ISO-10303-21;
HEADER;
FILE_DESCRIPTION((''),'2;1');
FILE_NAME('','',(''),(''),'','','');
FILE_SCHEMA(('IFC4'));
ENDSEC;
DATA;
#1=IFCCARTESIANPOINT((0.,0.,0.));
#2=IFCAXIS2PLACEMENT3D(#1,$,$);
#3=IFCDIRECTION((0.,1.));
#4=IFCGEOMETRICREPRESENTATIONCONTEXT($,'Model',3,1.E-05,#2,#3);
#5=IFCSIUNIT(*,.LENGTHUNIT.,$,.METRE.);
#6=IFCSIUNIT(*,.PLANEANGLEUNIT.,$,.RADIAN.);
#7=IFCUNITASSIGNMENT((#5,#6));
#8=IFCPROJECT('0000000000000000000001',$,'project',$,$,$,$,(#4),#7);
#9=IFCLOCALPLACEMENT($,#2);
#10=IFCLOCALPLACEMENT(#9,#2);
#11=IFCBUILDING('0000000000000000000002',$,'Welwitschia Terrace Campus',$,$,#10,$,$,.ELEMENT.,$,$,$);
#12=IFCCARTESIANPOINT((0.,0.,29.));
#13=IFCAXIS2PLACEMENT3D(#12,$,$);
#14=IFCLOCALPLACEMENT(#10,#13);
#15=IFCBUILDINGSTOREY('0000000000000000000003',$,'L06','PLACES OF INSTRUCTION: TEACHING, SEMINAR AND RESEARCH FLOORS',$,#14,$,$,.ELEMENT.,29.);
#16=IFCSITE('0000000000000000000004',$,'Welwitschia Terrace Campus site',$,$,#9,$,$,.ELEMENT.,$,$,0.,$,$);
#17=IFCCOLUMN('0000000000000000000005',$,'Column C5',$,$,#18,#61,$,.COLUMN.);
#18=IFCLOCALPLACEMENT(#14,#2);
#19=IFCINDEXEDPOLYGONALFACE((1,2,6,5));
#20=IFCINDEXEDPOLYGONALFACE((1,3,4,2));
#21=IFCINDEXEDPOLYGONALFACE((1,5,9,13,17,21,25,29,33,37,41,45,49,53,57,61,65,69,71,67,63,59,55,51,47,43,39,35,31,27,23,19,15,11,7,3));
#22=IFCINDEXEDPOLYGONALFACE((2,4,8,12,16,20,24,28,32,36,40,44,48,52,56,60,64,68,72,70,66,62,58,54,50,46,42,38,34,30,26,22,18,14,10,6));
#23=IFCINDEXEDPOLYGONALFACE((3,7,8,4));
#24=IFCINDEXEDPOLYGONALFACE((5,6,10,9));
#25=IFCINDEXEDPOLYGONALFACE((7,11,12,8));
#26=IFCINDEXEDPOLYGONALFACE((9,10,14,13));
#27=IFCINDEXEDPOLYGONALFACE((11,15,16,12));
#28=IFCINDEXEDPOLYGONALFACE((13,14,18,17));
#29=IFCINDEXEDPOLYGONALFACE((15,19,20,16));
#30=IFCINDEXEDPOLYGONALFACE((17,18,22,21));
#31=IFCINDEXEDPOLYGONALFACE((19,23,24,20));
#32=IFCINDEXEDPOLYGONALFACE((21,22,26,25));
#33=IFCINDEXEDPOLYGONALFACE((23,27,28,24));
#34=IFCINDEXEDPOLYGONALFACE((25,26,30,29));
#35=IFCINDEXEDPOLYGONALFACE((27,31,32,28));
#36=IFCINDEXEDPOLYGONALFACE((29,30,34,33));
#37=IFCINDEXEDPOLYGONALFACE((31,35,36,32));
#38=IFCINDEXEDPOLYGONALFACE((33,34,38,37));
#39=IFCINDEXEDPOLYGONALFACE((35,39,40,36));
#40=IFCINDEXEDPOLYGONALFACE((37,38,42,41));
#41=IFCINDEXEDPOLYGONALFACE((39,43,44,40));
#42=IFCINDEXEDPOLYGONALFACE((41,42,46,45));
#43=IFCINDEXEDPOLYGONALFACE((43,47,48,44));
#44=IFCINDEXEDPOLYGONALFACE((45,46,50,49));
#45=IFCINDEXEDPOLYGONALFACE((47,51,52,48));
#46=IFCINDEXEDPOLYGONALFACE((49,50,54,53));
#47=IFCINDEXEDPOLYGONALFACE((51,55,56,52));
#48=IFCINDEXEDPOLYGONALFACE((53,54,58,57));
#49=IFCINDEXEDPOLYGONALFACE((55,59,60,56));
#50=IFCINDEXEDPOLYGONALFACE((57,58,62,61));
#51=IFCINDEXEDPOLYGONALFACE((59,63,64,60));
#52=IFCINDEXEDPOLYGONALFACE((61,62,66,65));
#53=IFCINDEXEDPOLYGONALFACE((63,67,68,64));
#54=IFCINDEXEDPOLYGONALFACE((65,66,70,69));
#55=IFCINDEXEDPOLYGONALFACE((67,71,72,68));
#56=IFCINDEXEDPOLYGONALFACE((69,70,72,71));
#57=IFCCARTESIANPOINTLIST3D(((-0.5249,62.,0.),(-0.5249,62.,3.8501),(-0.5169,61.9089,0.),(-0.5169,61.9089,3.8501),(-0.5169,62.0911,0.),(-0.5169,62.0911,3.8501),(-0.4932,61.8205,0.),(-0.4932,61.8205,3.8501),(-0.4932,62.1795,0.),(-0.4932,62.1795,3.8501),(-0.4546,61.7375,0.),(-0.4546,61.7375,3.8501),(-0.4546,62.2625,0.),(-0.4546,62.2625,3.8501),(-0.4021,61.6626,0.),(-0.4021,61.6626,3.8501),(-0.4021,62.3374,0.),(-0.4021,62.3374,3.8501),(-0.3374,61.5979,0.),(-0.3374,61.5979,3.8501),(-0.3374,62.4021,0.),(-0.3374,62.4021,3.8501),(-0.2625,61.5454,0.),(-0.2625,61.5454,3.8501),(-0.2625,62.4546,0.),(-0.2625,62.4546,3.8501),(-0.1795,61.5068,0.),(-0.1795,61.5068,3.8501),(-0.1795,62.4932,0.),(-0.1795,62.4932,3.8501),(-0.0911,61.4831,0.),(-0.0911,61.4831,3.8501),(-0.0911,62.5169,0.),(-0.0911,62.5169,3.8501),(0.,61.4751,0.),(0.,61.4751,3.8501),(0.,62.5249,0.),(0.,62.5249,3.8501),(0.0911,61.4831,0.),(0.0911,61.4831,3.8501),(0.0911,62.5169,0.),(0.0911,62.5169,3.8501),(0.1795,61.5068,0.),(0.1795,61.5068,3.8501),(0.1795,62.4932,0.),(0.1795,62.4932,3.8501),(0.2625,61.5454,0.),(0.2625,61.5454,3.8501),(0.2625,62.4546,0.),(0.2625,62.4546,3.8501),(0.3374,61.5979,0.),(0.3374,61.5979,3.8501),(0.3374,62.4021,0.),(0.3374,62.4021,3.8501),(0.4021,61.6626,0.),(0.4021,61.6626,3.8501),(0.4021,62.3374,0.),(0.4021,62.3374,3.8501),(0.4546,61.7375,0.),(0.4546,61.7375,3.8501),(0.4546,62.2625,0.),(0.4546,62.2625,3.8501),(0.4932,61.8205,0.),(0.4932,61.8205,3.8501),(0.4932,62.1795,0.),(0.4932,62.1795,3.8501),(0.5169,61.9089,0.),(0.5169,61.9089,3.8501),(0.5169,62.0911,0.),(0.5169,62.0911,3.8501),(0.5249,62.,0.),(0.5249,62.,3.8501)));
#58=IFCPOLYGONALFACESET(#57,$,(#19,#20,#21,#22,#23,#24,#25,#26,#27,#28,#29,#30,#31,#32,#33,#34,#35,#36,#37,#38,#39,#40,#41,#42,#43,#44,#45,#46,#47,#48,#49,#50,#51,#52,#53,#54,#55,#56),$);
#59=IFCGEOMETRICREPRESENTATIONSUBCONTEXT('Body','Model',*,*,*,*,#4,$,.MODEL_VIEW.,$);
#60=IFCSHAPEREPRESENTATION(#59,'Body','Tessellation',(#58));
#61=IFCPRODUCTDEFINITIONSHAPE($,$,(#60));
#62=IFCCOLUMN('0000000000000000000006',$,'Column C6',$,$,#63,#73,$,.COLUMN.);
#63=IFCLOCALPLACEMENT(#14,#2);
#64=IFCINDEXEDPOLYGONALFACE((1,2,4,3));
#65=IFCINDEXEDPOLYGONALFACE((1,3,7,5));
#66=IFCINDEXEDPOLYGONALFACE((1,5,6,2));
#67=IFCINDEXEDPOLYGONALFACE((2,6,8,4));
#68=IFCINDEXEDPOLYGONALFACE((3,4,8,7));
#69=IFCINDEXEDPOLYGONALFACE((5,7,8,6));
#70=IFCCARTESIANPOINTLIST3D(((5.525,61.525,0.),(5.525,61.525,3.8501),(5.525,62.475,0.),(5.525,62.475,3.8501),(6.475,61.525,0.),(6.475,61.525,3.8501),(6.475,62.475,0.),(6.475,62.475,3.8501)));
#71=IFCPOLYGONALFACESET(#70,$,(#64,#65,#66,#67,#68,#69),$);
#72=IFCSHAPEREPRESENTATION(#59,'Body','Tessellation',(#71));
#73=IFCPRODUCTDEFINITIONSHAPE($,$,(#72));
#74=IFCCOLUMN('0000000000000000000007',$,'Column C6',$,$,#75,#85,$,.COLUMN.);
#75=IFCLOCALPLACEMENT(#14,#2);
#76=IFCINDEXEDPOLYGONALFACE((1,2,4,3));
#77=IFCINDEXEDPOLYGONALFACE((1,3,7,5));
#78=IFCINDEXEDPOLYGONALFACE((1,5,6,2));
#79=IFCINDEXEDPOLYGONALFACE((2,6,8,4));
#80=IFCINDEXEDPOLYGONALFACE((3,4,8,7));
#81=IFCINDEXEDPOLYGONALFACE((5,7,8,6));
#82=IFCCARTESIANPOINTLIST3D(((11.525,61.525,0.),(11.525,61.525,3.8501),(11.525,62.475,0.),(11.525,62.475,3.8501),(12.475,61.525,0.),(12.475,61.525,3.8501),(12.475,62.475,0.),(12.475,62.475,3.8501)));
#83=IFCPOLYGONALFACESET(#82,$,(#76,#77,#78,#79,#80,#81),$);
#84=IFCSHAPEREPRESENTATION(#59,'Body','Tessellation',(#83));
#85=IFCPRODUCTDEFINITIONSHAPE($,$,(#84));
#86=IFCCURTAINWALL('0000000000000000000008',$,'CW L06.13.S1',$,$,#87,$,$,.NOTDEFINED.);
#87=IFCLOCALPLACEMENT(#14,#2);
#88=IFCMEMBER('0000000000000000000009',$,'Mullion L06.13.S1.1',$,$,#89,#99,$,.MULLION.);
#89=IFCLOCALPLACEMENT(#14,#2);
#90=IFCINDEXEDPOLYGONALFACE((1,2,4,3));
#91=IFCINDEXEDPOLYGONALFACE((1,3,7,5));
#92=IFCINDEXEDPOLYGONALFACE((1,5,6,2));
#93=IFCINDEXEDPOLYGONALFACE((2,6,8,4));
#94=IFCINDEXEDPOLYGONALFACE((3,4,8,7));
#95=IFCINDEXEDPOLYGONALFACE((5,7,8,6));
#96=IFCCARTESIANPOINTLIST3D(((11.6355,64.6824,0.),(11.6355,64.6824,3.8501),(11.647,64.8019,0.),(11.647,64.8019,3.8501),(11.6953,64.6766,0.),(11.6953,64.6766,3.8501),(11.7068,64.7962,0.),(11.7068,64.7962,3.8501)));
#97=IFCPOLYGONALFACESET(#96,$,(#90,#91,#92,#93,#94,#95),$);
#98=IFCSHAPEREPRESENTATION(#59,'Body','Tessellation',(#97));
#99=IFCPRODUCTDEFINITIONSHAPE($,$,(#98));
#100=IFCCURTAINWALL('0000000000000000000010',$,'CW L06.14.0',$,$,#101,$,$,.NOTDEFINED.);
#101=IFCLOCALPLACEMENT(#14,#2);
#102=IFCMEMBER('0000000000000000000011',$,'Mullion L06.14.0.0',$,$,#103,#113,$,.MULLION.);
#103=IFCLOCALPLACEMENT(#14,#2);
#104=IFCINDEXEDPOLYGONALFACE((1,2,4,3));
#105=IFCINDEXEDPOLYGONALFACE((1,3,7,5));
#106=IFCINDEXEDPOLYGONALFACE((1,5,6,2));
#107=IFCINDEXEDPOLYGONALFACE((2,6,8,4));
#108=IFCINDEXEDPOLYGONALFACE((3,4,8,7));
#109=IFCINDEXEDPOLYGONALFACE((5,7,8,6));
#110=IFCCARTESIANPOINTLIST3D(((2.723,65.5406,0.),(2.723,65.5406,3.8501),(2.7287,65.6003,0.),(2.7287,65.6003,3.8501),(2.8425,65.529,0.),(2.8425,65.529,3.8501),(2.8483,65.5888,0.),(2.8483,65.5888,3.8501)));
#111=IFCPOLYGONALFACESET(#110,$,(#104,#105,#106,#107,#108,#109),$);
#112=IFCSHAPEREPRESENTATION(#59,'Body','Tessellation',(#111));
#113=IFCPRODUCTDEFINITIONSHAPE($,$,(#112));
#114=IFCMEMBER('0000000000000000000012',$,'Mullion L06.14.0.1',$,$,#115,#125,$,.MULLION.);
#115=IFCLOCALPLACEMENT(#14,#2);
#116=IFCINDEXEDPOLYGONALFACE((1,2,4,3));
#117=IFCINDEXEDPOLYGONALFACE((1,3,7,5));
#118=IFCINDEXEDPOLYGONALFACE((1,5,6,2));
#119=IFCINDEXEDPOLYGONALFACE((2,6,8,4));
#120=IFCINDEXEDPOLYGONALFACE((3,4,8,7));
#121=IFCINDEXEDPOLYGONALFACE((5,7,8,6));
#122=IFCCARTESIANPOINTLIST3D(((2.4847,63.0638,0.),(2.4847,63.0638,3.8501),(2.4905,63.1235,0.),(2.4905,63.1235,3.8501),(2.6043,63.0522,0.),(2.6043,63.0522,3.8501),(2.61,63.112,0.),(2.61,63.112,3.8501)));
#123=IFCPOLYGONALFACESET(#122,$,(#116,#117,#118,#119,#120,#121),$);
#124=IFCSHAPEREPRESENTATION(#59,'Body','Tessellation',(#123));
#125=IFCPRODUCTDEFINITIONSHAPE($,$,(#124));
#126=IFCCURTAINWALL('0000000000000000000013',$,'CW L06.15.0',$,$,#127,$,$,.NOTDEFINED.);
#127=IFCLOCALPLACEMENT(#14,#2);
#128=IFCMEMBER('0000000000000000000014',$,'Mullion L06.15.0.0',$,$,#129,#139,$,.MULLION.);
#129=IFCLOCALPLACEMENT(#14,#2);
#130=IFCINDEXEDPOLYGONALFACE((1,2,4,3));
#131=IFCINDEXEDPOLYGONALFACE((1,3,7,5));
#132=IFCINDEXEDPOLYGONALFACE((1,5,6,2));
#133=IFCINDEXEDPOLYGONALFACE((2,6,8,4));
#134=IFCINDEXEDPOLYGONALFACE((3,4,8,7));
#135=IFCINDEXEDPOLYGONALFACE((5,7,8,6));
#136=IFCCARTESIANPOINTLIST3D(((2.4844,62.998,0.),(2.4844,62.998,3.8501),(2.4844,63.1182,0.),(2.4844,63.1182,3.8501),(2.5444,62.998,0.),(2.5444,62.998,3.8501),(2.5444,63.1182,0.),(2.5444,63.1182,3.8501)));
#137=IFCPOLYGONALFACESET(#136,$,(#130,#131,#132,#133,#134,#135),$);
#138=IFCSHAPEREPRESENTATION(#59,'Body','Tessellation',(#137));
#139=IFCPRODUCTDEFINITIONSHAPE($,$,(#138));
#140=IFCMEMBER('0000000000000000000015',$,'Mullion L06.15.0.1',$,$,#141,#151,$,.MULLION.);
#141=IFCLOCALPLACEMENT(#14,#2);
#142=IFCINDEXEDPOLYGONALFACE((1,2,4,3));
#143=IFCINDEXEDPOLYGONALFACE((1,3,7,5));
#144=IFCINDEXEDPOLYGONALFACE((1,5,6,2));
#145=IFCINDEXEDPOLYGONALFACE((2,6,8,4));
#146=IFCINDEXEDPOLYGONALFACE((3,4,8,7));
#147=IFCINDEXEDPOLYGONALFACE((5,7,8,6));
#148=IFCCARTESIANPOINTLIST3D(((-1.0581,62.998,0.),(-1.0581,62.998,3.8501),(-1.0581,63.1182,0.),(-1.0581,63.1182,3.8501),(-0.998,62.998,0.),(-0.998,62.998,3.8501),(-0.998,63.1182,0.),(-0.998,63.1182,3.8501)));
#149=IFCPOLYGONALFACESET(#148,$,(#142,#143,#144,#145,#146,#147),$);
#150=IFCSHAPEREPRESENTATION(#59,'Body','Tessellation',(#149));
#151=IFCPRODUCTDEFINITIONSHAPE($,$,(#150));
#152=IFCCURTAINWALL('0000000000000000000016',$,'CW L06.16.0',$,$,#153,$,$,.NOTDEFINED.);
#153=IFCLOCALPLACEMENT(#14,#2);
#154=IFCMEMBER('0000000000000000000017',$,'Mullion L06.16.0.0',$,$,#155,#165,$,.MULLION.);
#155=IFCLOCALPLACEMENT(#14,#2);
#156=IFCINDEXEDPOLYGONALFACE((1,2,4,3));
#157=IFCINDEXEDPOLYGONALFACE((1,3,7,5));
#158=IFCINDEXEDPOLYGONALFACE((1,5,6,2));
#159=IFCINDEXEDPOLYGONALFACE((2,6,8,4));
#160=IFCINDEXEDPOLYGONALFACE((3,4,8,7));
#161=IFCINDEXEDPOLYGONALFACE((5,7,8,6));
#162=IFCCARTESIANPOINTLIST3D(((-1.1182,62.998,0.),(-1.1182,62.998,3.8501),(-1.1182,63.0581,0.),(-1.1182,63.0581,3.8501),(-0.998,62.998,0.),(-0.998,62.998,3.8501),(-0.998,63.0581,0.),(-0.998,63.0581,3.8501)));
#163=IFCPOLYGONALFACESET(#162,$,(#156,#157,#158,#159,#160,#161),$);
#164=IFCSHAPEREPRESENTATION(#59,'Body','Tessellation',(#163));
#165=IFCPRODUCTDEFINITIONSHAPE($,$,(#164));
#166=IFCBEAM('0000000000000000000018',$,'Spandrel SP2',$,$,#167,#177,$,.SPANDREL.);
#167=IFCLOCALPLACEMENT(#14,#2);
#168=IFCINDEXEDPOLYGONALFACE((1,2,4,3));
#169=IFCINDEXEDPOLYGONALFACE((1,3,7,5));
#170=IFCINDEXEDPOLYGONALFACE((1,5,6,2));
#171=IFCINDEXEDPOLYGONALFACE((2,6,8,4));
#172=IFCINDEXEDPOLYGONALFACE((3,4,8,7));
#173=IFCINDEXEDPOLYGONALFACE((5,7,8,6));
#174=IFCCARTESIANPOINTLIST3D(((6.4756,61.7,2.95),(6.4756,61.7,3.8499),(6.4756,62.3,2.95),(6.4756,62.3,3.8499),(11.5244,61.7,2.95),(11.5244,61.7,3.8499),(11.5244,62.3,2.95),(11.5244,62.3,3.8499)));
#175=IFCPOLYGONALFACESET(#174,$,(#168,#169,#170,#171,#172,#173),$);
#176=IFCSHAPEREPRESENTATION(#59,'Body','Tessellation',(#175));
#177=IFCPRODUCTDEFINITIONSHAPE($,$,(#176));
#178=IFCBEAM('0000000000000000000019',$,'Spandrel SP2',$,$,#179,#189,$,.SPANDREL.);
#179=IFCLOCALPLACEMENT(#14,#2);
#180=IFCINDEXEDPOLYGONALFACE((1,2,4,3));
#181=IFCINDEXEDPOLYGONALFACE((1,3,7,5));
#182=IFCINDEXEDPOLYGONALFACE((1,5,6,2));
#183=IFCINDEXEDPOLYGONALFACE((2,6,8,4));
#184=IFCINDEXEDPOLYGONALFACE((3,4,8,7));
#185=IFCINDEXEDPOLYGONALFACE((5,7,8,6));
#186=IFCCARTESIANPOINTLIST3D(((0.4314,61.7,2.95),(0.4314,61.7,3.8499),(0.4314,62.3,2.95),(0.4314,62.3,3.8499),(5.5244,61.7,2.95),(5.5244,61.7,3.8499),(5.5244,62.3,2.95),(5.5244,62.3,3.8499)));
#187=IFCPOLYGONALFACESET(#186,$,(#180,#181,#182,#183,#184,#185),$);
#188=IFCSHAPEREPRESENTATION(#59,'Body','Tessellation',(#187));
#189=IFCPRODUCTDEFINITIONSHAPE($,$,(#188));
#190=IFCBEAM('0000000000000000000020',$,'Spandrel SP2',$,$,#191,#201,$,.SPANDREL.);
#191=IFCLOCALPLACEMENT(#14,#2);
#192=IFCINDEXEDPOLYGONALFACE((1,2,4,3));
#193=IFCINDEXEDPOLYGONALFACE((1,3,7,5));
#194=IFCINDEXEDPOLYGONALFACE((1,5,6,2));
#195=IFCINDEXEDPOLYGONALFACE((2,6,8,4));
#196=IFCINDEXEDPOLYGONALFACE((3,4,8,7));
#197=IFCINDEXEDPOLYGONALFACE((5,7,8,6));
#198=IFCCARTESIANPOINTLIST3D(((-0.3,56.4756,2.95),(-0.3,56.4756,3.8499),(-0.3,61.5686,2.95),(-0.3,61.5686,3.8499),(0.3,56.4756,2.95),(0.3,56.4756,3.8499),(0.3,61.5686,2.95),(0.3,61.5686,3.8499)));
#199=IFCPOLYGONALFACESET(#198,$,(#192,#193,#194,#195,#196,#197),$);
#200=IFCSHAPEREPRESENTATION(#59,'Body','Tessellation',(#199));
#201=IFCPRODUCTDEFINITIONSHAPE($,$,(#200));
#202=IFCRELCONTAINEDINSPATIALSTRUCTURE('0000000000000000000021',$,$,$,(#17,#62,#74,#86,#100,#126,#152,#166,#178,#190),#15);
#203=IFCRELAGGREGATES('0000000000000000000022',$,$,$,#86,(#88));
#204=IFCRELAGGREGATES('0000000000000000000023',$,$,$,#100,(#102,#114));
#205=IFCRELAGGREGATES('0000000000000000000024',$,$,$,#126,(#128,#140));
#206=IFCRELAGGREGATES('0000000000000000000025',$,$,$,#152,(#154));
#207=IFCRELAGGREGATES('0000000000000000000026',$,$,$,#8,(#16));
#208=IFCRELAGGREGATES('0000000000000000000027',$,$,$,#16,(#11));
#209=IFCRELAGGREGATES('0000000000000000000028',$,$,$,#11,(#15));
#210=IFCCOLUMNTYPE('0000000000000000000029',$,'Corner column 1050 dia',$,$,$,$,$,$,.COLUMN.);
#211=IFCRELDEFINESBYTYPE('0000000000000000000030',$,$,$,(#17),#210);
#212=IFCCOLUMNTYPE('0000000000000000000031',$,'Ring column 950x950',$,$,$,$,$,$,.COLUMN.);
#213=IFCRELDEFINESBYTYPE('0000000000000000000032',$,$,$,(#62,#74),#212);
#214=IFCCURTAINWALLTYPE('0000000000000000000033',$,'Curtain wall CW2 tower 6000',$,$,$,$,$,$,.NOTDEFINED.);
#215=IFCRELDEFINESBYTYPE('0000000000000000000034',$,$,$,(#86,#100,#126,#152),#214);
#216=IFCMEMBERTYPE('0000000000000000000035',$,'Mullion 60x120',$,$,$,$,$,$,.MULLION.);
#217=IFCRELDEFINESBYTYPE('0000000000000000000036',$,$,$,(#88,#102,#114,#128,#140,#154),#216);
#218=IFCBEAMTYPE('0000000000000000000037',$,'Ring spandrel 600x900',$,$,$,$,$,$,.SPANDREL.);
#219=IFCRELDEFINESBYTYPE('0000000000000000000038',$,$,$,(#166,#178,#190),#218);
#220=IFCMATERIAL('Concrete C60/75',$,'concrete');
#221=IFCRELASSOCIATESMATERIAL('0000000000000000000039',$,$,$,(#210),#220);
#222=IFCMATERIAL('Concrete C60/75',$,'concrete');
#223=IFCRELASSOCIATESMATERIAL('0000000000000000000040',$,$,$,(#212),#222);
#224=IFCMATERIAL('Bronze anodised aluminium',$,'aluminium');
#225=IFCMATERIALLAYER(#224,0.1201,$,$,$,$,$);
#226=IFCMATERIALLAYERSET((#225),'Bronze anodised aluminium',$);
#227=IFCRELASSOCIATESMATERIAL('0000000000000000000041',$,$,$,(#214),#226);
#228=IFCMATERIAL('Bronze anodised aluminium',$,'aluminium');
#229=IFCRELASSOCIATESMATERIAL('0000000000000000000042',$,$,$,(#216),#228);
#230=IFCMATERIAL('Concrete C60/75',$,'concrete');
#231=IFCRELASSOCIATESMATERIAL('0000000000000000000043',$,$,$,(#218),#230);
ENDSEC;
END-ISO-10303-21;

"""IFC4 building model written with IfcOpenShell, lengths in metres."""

from ifc_helpers import new_model, si_unit, direction, frame, origin, origin_2d, place, context, subcontext, project, spatial, rectangle, circle, extrude, material, layer, layer_set, material_profile, profile_set, type_object, element, aggregate, save


model = new_model("IFC4")

# Units and contexts
model_context = context("Model", 3, precision=1e-05, world=origin(), true_north=direction((0.0, 1.0)))
body_context = subcontext(model_context, "Body", "Model", "MODEL_VIEW")
ifc_project = project(units=[si_unit("LENGTHUNIT", "METRE"), si_unit("PLANEANGLEUNIT", "RADIAN")], contexts=[model_context])

# Site, building, storey
site_placement = place(None, origin())
site = spatial("IfcSite", under=ifc_project, at=site_placement, Name="Welwitschia Terrace Campus site", CompositionType="ELEMENT", RefElevation=0.0)
building_placement = place(site_placement, origin())
building = spatial("IfcBuilding", under=site, at=building_placement, Name="Welwitschia Terrace Campus", CompositionType="ELEMENT")
storey_placement = place(building_placement, frame((0.0, 0.0, 29.0)))
storey = spatial("IfcBuildingStorey", under=building, at=storey_placement, Name="L06", Description="PLACES OF INSTRUCTION: TEACHING, SEMINAR AND RESEARCH FLOORS", CompositionType="ELEMENT", Elevation=29.0)

# Columns
ifc_material_1 = material(Name="Concrete C60/75", Category="concrete")
ifc_material_profile_1 = material_profile(ifc_material_1, circle(Radius=0.5249, at=origin_2d()))
ifc_profile_set_1 = profile_set([ifc_material_profile_1], Name="Concrete C60/75")
column_type_1 = type_object("IfcColumnType", Name="Corner column 1050 dia", PredefinedType="COLUMN", material=ifc_profile_set_1)
column_placement = place(storey_placement, frame((0.0, 62.0, 0.0), z_axis=(0.0, 0.0, 1.0), x_axis=(1.0, 0.0, 0.0)))
element("IfcColumn", 1, at=column_placement, inside=storey, type_object=column_type_1, Name="Column C5", PredefinedType="COLUMN", context=body_context, shape_type="SweptSolid", body=[
    extrude(circle(Radius=0.5249, at=origin_2d()), origin(), (0.0, 0.0, 1.0), 3.8501),
])
ifc_material_2 = material(Name="Concrete C60/75", Category="concrete")
ifc_material_profile_2 = material_profile(ifc_material_2, rectangle(XDim=0.95, YDim=0.95, at=origin_2d()))
ifc_profile_set_2 = profile_set([ifc_material_profile_2], Name="Concrete C60/75")
column_type_2 = type_object("IfcColumnType", Name="Ring column 950x950", PredefinedType="COLUMN", material=ifc_profile_set_2)
for number, where, z_axis, x_axis, name in (
    (2, (6.0, 62.0, 0.0), (0.0, 0.0, 1.0), (1.0, 0.0, 0.0), "Column C6"),
    (3, (12.0, 62.0, 0.0), (0.0, 0.0, 1.0), (1.0, 0.0, 0.0), "Column C6"),
):
    element("IfcColumn", number, at=place(storey_placement, frame(where, z_axis=z_axis, x_axis=x_axis)), inside=storey, type_object=column_type_2, Name=name, PredefinedType="COLUMN", context=body_context, shape_type="SweptSolid", body=[
        extrude(rectangle(XDim=0.95, YDim=0.95, at=origin_2d()), origin(), (0.0, 0.0, 1.0), 3.8501),
    ])

# Curtain wall, member
ifc_material_3 = material(Name="Bronze anodised aluminium", Category="aluminium")
ifc_layer_1 = layer(ifc_material_3, 0.1201)
ifc_layer_set_1 = layer_set([ifc_layer_1], Name="Bronze anodised aluminium")
curtain_wall_type = type_object("IfcCurtainWallType", Name="Curtain wall CW2 tower 6000", PredefinedType="NOTDEFINED", material=ifc_layer_set_1)
curtain_wall_1_placement = place(storey_placement, origin())
curtain_wall_1 = element("IfcCurtainWall", 4, at=curtain_wall_1_placement, inside=storey, type_object=curtain_wall_type, Name="CW L06.13.S1", PredefinedType="NOTDEFINED")
ifc_material_4 = material(Name="Bronze anodised aluminium", Category="aluminium")
ifc_material_profile_3 = material_profile(ifc_material_4, rectangle(XDim=0.1201, YDim=0.0601, at=origin_2d()))
ifc_profile_set_3 = profile_set([ifc_material_profile_3], Name="Bronze anodised aluminium")
member_type_1 = type_object("IfcMemberType", Name="Mullion 60x120", PredefinedType="MULLION", material=ifc_profile_set_3)
member_1_placement = place(storey_placement, frame((11.6711, 64.7393, 0.0), z_axis=(0.0, 0.0, 1.0), x_axis=(-0.095846, -0.995396, 0.0)))
member_1 = element("IfcMember", 5, at=member_1_placement, type_object=member_type_1, Name="Mullion L06.13.S1.1", PredefinedType="MULLION", context=body_context, shape_type="SweptSolid", body=[
    extrude(rectangle(XDim=0.1201, YDim=0.0601, at=origin_2d()), origin(), (0.0, 0.0, 1.0), 3.8501),
])

# Curtain walls, members
curtain_wall_2_placement = place(storey_placement, origin())
curtain_wall_2 = element("IfcCurtainWall", 6, at=curtain_wall_2_placement, inside=storey, type_object=curtain_wall_type, Name="CW L06.14.0", PredefinedType="NOTDEFINED")
member_2_placement = place(storey_placement, frame((2.7856, 65.5647, 0.0), z_axis=(0.0, 0.0, 1.0), x_axis=(0.995396, -0.095846, 0.0)))
member_2 = element("IfcMember", 7, at=member_2_placement, type_object=member_type_1, Name="Mullion L06.14.0.0", PredefinedType="MULLION", context=body_context, shape_type="SweptSolid", body=[
    extrude(rectangle(XDim=0.1201, YDim=0.0601, at=origin_2d()), origin(), (0.0, 0.0, 1.0), 3.8501),
])
member_3_placement = place(storey_placement, frame((2.5474, 63.0879, 0.0), z_axis=(0.0, 0.0, 1.0), x_axis=(0.995396, -0.095846, 0.0)))
member_3 = element("IfcMember", 8, at=member_3_placement, type_object=member_type_1, Name="Mullion L06.14.0.1", PredefinedType="MULLION", context=body_context, shape_type="SweptSolid", body=[
    extrude(rectangle(XDim=0.1201, YDim=0.0601, at=origin_2d()), origin(), (0.0, 0.0, 1.0), 3.8501),
])
curtain_wall_3_placement = place(storey_placement, origin())
curtain_wall_3 = element("IfcCurtainWall", 9, at=curtain_wall_3_placement, inside=storey, type_object=curtain_wall_type, Name="CW L06.15.0", PredefinedType="NOTDEFINED")
member_4_placement = place(storey_placement, frame((2.5144, 63.0581, 0.0), z_axis=(0.0, 0.0, 1.0), x_axis=(0.0, -1.0, 0.0)))
member_4 = element("IfcMember", 10, at=member_4_placement, type_object=member_type_1, Name="Mullion L06.15.0.0", PredefinedType="MULLION", context=body_context, shape_type="SweptSolid", body=[
    extrude(rectangle(XDim=0.1201, YDim=0.0601, at=origin_2d()), origin(), (0.0, 0.0, 1.0), 3.8501),
])
member_5_placement = place(storey_placement, frame((-1.0281, 63.0581, 0.0), z_axis=(0.0, 0.0, 1.0), x_axis=(0.0, -1.0, 0.0)))
member_5 = element("IfcMember", 11, at=member_5_placement, type_object=member_type_1, Name="Mullion L06.15.0.1", PredefinedType="MULLION", context=body_context, shape_type="SweptSolid", body=[
    extrude(rectangle(XDim=0.1201, YDim=0.0601, at=origin_2d()), origin(), (0.0, 0.0, 1.0), 3.8501),
])

# Curtain wall, member
curtain_wall_4_placement = place(storey_placement, origin())
curtain_wall_4 = element("IfcCurtainWall", 12, at=curtain_wall_4_placement, inside=storey, type_object=curtain_wall_type, Name="CW L06.16.0", PredefinedType="NOTDEFINED")
member_6_placement = place(storey_placement, frame((-1.0581, 63.0281, 0.0), z_axis=(0.0, 0.0, 1.0), x_axis=(1.0, 0.0, 0.0)))
member_6 = element("IfcMember", 13, at=member_6_placement, type_object=member_type_1, Name="Mullion L06.16.0.0", PredefinedType="MULLION", context=body_context, shape_type="SweptSolid", body=[
    extrude(rectangle(XDim=0.1201, YDim=0.0601, at=origin_2d()), origin(), (0.0, 0.0, 1.0), 3.8501),
])

# Beams
ifc_material_5 = material(Name="Concrete C60/75", Category="concrete")
ifc_material_profile_4 = material_profile(ifc_material_5, rectangle(XDim=0.6001, YDim=0.8999, at=origin_2d()))
ifc_profile_set_4 = profile_set([ifc_material_profile_4], Name="Concrete C60/75")
beam_type = type_object("IfcBeamType", Name="Ring spandrel 600x900", PredefinedType="SPANDREL", material=ifc_profile_set_4)
beam_placement = place(storey_placement, frame((11.5244, 62.0, 3.3999), z_axis=(-1.0, 0.0, 0.0), x_axis=(0.0, -1.0, 0.0)))
element("IfcBeam", 14, at=beam_placement, inside=storey, type_object=beam_type, Name="Spandrel SP2", PredefinedType="SPANDREL", context=body_context, shape_type="SweptSolid", body=[
    extrude(rectangle(XDim=0.6001, YDim=0.8999, at=origin_2d()), origin(), (0.0, 0.0, 1.0), 5.0488),
])
for number, where, z_axis, x_axis, name in (
    (15, (5.5244, 62.0, 3.3999), (-1.0, 0.0, 0.0), (0.0, -1.0, 0.0), "Spandrel SP2"),
    (16, (0.0, 61.5686, 3.3999), (0.0, -1.0, 0.0), (1.0, 0.0, 0.0), "Spandrel SP2"),
):
    element("IfcBeam", number, at=place(storey_placement, frame(where, z_axis=z_axis, x_axis=x_axis)), inside=storey, type_object=beam_type, Name=name, PredefinedType="SPANDREL", context=body_context, shape_type="SweptSolid", body=[
        extrude(rectangle(XDim=0.6001, YDim=0.8999, at=origin_2d()), origin(), (0.0, 0.0, 1.0), 5.093),
    ])

aggregate(curtain_wall_1, [member_1])
aggregate(curtain_wall_2, [member_2, member_3])
aggregate(curtain_wall_3, [member_4, member_5])
aggregate(curtain_wall_4, [member_6])

save(model, "model.ifc")
